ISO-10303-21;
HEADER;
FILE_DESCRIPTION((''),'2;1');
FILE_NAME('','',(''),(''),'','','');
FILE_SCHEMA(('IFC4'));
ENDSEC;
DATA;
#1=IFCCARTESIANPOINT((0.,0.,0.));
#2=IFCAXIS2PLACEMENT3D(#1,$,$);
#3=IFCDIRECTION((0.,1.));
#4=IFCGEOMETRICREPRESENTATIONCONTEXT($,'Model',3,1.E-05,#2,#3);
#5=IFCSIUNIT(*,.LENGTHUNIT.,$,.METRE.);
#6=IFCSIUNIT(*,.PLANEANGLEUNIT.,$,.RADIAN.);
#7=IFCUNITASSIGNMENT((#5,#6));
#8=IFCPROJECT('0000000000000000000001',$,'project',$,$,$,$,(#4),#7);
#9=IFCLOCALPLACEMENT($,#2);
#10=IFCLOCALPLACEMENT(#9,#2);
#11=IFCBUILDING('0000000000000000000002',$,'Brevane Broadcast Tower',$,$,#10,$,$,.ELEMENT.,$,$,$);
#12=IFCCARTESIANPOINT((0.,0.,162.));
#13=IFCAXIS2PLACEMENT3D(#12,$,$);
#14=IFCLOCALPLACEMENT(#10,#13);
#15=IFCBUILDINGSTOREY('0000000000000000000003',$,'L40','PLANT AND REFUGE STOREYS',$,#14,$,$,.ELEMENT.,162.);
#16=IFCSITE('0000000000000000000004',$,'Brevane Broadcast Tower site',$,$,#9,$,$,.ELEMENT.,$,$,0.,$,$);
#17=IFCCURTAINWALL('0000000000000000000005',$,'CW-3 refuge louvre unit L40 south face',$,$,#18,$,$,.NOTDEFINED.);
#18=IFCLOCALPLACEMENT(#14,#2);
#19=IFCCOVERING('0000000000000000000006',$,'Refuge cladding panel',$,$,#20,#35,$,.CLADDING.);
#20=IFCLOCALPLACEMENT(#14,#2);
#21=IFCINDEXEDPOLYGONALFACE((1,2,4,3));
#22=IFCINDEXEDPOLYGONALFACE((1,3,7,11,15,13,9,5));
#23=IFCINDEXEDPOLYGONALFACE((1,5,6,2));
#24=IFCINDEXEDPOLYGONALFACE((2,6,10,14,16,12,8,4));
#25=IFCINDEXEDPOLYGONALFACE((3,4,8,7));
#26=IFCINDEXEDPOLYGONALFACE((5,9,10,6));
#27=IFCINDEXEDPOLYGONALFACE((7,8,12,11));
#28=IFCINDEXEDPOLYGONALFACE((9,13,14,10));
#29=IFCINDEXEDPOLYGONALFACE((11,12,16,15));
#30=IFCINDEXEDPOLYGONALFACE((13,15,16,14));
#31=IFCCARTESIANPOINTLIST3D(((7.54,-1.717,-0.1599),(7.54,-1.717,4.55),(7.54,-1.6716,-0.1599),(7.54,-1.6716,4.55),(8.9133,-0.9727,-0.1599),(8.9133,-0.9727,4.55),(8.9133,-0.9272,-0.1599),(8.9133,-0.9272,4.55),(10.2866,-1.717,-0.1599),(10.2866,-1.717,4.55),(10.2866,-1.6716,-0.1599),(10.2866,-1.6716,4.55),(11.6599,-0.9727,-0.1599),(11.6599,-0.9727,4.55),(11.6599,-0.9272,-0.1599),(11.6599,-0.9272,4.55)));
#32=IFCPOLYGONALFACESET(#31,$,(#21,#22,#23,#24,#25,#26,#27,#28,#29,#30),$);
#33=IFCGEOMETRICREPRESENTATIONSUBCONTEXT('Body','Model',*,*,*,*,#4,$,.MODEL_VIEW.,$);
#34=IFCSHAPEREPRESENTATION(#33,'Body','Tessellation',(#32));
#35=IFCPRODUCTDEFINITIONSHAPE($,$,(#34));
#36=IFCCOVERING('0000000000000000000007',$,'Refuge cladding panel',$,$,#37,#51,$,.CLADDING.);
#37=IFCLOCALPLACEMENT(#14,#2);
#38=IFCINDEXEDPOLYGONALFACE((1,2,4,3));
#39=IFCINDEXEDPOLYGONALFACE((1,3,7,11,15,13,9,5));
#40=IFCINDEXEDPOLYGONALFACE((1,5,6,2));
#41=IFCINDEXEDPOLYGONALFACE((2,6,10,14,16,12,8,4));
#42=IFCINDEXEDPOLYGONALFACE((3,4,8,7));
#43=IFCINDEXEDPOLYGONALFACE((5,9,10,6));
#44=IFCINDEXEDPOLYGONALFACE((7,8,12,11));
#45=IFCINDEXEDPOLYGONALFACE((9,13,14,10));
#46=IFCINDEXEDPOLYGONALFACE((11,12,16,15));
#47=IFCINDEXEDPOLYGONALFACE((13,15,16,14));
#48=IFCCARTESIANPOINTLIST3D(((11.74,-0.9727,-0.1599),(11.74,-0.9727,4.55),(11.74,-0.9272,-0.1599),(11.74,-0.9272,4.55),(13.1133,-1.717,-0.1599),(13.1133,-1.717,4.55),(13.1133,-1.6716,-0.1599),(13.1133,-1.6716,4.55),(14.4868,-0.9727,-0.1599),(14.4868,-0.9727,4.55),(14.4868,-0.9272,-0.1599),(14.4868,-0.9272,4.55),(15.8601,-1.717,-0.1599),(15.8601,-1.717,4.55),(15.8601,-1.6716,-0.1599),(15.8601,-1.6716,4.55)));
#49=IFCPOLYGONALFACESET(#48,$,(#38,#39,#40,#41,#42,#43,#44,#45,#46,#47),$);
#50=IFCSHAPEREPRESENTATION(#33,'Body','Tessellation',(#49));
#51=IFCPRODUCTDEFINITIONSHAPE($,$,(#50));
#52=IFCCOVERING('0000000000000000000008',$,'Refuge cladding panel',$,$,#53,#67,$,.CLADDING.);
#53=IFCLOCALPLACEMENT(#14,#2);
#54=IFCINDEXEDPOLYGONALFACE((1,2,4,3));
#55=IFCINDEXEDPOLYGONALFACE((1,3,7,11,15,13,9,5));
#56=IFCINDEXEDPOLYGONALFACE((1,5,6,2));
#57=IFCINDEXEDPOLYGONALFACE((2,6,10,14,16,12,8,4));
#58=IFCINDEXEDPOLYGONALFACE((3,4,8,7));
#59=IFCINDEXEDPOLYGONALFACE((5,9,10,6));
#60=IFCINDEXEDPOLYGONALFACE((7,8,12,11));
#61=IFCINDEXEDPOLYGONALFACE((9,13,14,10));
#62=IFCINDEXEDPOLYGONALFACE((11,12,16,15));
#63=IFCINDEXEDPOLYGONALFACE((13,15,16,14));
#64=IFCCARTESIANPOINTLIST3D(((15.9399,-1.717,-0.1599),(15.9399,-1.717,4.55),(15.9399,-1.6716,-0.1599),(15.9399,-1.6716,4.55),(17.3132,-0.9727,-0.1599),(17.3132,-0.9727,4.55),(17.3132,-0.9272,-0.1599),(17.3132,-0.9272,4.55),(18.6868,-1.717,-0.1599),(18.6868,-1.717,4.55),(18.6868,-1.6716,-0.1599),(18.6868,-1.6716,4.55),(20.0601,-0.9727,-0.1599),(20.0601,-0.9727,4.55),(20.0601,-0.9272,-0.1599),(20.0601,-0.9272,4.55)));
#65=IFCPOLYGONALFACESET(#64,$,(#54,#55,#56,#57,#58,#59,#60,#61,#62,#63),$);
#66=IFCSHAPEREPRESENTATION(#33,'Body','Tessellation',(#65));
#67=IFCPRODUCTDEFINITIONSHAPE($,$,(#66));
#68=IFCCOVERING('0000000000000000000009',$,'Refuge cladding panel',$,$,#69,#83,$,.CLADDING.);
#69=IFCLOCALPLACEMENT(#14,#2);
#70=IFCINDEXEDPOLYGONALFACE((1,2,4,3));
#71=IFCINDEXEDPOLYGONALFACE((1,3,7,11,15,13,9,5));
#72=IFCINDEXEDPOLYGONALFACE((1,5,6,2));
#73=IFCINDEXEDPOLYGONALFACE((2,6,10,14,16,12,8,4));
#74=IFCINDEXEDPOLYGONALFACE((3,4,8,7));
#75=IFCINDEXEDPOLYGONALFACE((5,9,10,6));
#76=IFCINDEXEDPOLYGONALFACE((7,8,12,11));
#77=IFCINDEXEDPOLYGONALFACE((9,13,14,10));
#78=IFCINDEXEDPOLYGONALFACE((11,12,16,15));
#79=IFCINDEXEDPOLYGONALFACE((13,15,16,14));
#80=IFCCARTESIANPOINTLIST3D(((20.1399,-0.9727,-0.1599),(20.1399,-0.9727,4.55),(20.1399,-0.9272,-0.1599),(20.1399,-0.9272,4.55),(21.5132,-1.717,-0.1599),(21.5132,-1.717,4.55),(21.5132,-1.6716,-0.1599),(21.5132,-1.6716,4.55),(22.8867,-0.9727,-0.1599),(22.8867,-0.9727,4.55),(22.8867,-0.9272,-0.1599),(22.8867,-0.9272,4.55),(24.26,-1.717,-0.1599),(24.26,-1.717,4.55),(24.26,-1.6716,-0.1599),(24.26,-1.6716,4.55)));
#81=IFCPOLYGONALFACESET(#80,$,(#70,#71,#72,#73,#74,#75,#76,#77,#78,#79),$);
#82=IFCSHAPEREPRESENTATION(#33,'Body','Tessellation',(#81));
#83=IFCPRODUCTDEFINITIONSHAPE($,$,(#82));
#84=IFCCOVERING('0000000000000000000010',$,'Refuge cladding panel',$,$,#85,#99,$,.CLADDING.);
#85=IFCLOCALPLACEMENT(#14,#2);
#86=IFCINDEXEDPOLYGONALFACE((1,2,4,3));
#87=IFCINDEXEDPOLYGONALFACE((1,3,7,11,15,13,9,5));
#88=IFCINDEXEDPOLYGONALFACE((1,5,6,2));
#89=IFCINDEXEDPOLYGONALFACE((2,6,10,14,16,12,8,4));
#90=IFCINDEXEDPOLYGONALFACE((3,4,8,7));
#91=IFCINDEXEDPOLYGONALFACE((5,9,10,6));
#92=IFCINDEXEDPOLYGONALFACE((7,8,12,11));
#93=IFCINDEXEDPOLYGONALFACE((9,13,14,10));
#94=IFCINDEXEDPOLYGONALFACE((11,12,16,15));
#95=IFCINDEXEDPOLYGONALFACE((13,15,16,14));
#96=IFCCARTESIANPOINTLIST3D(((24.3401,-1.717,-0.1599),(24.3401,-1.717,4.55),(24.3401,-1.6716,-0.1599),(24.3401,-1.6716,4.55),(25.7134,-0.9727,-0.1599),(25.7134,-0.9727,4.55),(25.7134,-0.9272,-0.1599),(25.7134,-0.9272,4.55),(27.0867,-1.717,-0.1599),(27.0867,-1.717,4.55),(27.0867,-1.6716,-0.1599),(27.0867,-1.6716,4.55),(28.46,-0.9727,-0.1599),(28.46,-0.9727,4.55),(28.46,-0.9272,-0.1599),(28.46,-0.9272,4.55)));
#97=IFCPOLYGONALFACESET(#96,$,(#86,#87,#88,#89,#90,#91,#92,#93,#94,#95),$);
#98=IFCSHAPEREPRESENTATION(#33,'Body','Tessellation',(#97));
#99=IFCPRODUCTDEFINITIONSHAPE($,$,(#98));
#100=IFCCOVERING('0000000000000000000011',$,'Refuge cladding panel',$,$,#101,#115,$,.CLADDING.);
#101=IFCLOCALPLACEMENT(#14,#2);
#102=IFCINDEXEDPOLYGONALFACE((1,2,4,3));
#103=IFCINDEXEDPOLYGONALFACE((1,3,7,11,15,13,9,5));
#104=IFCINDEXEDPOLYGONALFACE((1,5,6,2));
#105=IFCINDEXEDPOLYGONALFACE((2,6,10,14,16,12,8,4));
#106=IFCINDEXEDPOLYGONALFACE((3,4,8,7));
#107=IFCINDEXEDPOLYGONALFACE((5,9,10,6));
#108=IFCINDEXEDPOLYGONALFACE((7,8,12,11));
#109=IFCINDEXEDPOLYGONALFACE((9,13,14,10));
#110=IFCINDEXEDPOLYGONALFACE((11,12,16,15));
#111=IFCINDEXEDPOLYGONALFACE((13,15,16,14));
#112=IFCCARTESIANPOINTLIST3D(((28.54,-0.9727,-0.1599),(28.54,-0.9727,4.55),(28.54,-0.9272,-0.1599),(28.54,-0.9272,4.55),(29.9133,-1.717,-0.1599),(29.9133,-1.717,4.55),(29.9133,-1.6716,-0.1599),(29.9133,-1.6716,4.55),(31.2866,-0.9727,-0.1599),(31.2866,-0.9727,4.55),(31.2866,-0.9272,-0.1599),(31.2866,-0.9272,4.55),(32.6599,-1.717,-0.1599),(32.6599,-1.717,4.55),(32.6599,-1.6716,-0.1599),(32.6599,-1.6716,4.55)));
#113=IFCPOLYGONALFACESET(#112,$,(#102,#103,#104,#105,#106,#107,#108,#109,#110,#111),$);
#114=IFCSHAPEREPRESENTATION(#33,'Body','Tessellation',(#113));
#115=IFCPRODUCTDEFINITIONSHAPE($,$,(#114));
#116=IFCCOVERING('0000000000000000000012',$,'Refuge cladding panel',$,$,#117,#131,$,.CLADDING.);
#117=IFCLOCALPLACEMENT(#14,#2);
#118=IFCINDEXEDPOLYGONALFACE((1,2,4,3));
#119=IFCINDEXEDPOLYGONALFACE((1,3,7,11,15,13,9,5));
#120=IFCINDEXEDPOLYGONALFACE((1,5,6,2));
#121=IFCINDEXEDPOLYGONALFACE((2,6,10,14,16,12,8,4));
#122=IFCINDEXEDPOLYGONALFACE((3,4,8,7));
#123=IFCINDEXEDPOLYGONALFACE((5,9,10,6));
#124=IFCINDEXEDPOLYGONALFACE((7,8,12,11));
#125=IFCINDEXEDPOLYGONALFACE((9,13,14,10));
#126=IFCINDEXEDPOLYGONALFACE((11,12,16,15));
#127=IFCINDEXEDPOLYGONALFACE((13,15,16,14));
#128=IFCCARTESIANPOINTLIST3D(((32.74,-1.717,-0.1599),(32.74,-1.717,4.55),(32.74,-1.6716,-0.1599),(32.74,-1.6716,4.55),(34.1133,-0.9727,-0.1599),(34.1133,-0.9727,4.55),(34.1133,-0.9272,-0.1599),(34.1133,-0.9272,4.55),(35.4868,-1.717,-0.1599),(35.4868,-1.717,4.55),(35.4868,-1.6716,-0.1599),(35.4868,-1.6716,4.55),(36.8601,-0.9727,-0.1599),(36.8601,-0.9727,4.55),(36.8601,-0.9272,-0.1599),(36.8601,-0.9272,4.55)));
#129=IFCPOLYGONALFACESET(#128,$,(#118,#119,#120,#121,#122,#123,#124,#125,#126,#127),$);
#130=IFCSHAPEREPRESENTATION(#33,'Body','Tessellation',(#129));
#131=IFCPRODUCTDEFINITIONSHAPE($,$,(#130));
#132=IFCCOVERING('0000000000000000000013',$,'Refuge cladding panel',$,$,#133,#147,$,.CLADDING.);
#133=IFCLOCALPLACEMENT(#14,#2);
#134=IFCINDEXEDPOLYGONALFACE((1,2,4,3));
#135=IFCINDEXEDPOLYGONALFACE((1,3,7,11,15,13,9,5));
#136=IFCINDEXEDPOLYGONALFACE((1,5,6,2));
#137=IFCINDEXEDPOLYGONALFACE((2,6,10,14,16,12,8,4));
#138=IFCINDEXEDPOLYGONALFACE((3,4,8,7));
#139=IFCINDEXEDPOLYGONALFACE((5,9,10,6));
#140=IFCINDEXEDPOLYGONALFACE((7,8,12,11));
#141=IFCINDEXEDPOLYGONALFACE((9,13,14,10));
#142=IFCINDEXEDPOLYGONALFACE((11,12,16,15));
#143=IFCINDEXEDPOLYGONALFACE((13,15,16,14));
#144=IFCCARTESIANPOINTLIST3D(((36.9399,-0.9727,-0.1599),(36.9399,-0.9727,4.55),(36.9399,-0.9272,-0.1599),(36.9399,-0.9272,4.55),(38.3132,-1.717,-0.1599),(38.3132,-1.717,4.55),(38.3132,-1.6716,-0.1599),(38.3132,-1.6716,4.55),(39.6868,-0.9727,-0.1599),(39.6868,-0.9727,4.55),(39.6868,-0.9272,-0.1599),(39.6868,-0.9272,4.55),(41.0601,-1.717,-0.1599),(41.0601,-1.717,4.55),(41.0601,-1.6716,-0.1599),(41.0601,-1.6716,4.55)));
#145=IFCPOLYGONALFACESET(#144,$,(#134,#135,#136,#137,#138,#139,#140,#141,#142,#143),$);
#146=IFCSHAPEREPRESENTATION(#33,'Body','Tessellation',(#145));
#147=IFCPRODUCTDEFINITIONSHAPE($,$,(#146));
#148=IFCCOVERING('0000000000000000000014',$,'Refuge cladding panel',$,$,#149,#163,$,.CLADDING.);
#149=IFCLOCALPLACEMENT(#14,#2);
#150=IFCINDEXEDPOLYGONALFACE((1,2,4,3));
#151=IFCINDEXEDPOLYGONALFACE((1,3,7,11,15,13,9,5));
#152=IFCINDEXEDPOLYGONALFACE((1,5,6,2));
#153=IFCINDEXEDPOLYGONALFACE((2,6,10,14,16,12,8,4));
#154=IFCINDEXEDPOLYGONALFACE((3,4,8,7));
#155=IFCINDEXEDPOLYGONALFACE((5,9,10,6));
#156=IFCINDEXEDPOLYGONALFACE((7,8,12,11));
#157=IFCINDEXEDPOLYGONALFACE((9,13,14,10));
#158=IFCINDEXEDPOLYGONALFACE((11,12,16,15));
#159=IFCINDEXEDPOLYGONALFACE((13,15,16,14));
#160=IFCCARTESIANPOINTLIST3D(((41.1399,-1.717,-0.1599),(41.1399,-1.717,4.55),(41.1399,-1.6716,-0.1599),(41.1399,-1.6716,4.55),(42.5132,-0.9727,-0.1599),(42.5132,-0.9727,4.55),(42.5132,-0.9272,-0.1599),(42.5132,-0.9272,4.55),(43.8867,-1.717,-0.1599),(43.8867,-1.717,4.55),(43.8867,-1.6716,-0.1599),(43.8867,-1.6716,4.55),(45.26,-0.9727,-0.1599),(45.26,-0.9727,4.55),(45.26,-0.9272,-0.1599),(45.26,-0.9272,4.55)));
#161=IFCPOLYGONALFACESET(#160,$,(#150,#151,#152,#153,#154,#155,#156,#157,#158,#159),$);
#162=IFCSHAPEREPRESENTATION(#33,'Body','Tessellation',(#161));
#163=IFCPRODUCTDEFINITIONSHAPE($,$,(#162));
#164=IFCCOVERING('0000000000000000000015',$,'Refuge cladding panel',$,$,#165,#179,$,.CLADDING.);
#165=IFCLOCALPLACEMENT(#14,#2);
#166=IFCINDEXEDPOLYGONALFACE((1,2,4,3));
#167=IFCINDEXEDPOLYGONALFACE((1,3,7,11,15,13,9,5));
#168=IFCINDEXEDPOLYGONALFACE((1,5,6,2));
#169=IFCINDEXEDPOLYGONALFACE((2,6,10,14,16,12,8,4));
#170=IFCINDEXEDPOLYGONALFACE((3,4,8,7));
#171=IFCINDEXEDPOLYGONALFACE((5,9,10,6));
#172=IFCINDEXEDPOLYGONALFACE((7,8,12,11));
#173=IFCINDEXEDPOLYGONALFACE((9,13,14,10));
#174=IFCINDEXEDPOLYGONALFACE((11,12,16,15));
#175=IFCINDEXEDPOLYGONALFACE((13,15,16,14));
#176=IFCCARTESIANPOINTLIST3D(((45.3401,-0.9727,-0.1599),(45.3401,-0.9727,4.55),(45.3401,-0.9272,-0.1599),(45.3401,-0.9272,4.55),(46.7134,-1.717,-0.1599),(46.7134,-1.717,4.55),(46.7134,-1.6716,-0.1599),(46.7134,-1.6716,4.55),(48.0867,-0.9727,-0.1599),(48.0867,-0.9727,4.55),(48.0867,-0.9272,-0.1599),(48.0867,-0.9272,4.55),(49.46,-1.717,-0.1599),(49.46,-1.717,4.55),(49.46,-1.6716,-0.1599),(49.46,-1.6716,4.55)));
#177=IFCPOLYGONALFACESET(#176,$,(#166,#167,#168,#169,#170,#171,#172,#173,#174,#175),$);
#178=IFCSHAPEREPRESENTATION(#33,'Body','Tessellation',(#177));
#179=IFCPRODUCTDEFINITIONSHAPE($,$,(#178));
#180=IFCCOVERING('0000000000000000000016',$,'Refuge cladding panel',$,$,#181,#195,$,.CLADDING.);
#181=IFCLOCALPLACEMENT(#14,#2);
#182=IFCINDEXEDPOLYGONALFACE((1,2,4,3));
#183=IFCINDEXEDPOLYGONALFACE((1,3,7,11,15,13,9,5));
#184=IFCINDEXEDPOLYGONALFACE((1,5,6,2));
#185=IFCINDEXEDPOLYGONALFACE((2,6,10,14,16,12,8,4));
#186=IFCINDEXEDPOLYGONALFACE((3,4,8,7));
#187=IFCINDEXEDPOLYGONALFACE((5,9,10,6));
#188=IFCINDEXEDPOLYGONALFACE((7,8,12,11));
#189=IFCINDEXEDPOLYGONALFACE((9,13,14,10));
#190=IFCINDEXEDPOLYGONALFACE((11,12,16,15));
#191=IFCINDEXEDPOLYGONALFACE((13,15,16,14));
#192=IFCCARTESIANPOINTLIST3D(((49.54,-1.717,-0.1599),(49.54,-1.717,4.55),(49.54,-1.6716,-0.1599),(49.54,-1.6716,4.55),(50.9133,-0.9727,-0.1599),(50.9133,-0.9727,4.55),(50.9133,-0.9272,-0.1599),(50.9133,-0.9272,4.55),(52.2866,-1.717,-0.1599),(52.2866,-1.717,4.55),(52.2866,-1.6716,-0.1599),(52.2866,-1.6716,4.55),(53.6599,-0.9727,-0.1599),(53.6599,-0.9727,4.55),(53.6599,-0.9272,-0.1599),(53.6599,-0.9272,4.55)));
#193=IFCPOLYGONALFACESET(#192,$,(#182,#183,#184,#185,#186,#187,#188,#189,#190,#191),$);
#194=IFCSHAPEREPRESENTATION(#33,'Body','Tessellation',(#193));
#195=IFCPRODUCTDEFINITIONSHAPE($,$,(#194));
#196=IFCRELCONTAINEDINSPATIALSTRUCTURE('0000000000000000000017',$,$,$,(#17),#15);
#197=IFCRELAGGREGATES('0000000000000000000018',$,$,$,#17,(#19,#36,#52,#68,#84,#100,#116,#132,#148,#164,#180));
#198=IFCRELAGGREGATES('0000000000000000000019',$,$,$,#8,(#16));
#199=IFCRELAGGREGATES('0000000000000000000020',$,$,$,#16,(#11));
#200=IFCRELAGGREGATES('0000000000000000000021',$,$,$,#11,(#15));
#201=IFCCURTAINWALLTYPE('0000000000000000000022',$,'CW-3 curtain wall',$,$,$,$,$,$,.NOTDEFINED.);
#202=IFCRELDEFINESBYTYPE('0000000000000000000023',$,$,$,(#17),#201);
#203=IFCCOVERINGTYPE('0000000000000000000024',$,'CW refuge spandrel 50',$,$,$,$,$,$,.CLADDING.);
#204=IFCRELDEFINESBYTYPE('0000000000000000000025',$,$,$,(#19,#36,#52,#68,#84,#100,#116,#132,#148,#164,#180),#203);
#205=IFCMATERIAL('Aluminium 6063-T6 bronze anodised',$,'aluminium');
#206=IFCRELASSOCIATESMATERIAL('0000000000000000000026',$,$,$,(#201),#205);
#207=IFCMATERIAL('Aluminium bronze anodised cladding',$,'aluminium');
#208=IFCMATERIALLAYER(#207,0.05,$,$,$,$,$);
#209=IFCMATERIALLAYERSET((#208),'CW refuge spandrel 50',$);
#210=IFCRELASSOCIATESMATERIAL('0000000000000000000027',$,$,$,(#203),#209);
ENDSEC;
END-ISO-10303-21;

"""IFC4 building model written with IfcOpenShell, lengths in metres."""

from ifc_helpers import new_model, si_unit, direction, frame, origin, place, context, subcontext, project, spatial, polyline, outline, extrude, material, layer, layer_set, type_object, element, aggregate, save


model = new_model("IFC4")

# Units and contexts
model_context = context("Model", 3, precision=1e-05, world=origin(), true_north=direction((0.0, 1.0)))
body_context = subcontext(model_context, "Body", "Model", "MODEL_VIEW")
ifc_project = project(units=[si_unit("LENGTHUNIT", "METRE"), si_unit("PLANEANGLEUNIT", "RADIAN")], contexts=[model_context])

# Site, building, storey
site_placement = place(None, origin())
site = spatial("IfcSite", under=ifc_project, at=site_placement, Name="Brevane Broadcast Tower site", CompositionType="ELEMENT", RefElevation=0.0)
building_placement = place(site_placement, origin())
building = spatial("IfcBuilding", under=site, at=building_placement, Name="Brevane Broadcast Tower", CompositionType="ELEMENT")
storey_placement = place(building_placement, frame((0.0, 0.0, 162.0)))
storey = spatial("IfcBuildingStorey", under=building, at=storey_placement, Name="L40", Description="PLANT AND REFUGE STOREYS", CompositionType="ELEMENT", Elevation=162.0)

# Curtain wall, coverings
ifc_material_1 = material(Name="Aluminium 6063-T6 bronze anodised", Category="aluminium")
curtain_wall_type = type_object("IfcCurtainWallType", Name="CW-3 curtain wall", PredefinedType="NOTDEFINED", material=ifc_material_1)
curtain_wall_1_placement = place(storey_placement, origin())
curtain_wall_1 = element("IfcCurtainWall", 1, at=curtain_wall_1_placement, inside=storey, type_object=curtain_wall_type, Name="CW-3 refuge louvre unit L40 south face", PredefinedType="NOTDEFINED")
ifc_material_2 = material(Name="Aluminium bronze anodised cladding", Category="aluminium")
ifc_layer = layer(ifc_material_2, 0.05)
ifc_layer_set = layer_set([ifc_layer], Name="CW refuge spandrel 50")
covering_type = type_object("IfcCoveringType", Name="CW refuge spandrel 50", PredefinedType="CLADDING", material=ifc_layer_set)
covering_1_placement = place(storey_placement, frame((0.0, 0.0, -0.1599)))
covering_1 = element("IfcCovering", 2, at=covering_1_placement, type_object=covering_type, Name="Refuge cladding panel", PredefinedType="CLADDING", context=body_context, shape_type="SweptSolid", body=[
    extrude(outline(polyline([(7.54, -1.6716), (7.54, -1.717), (8.9133, -0.9727), (10.2866, -1.717), (11.6599, -0.9727), (11.6599, -0.9272), (10.2866, -1.6716), (8.9133, -0.9272), (7.54, -1.6716)])), origin(), (0.0, 0.0, 1.0), 4.71),
])
covering_2_placement = place(storey_placement, frame((0.0, 0.0, -0.1599)))
covering_2 = element("IfcCovering", 3, at=covering_2_placement, type_object=covering_type, Name="Refuge cladding panel", PredefinedType="CLADDING", context=body_context, shape_type="SweptSolid", body=[
    extrude(outline(polyline([(11.74, -0.9272), (11.74, -0.9727), (13.1133, -1.717), (14.4868, -0.9727), (15.8601, -1.717), (15.8601, -1.6716), (14.4868, -0.9272), (13.1133, -1.6716), (11.74, -0.9272)])), origin(), (0.0, 0.0, 1.0), 4.71),
])
covering_3_placement = place(storey_placement, frame((0.0, 0.0, -0.1599)))
covering_3 = element("IfcCovering", 4, at=covering_3_placement, type_object=covering_type, Name="Refuge cladding panel", PredefinedType="CLADDING", context=body_context, shape_type="SweptSolid", body=[
    extrude(outline(polyline([(15.9399, -1.6716), (15.9399, -1.717), (17.3132, -0.9727), (18.6868, -1.717), (20.0601, -0.9727), (20.0601, -0.9272), (18.6868, -1.6716), (17.3132, -0.9272), (15.9399, -1.6716)])), origin(), (0.0, 0.0, 1.0), 4.71),
])
covering_4_placement = place(storey_placement, frame((0.0, 0.0, -0.1599)))
covering_4 = element("IfcCovering", 5, at=covering_4_placement, type_object=covering_type, Name="Refuge cladding panel", PredefinedType="CLADDING", context=body_context, shape_type="SweptSolid", body=[
    extrude(outline(polyline([(20.1399, -0.9272), (20.1399, -0.9727), (21.5132, -1.717), (22.8867, -0.9727), (24.26, -1.717), (24.26, -1.6716), (22.8867, -0.9272), (21.5132, -1.6716), (20.1399, -0.9272)])), origin(), (0.0, 0.0, 1.0), 4.71),
])
covering_5_placement = place(storey_placement, frame((0.0, 0.0, -0.1599)))
covering_5 = element("IfcCovering", 6, at=covering_5_placement, type_object=covering_type, Name="Refuge cladding panel", PredefinedType="CLADDING", context=body_context, shape_type="SweptSolid", body=[
    extrude(outline(polyline([(24.3401, -1.6716), (24.3401, -1.717), (25.7134, -0.9727), (27.0867, -1.717), (28.46, -0.9727), (28.46, -0.9272), (27.0867, -1.6716), (25.7134, -0.9272), (24.3401, -1.6716)])), origin(), (0.0, 0.0, 1.0), 4.71),
])
covering_6_placement = place(storey_placement, frame((0.0, 0.0, -0.1599)))
covering_6 = element("IfcCovering", 7, at=covering_6_placement, type_object=covering_type, Name="Refuge cladding panel", PredefinedType="CLADDING", context=body_context, shape_type="SweptSolid", body=[
    extrude(outline(polyline([(28.54, -0.9272), (28.54, -0.9727), (29.9133, -1.717), (31.2866, -0.9727), (32.6599, -1.717), (32.6599, -1.6716), (31.2866, -0.9272), (29.9133, -1.6716), (28.54, -0.9272)])), origin(), (0.0, 0.0, 1.0), 4.71),
])
covering_7_placement = place(storey_placement, frame((0.0, 0.0, -0.1599)))
covering_7 = element("IfcCovering", 8, at=covering_7_placement, type_object=covering_type, Name="Refuge cladding panel", PredefinedType="CLADDING", context=body_context, shape_type="SweptSolid", body=[
    extrude(outline(polyline([(32.74, -1.6716), (32.74, -1.717), (34.1133, -0.9727), (35.4868, -1.717), (36.8601, -0.9727), (36.8601, -0.9272), (35.4868, -1.6716), (34.1133, -0.9272), (32.74, -1.6716)])), origin(), (0.0, 0.0, 1.0), 4.71),
])
covering_8_placement = place(storey_placement, frame((0.0, 0.0, -0.1599)))
covering_8 = element("IfcCovering", 9, at=covering_8_placement, type_object=covering_type, Name="Refuge cladding panel", PredefinedType="CLADDING", context=body_context, shape_type="SweptSolid", body=[
    extrude(outline(polyline([(36.9399, -0.9272), (36.9399, -0.9727), (38.3132, -1.717), (39.6868, -0.9727), (41.0601, -1.717), (41.0601, -1.6716), (39.6868, -0.9272), (38.3132, -1.6716), (36.9399, -0.9272)])), origin(), (0.0, 0.0, 1.0), 4.71),
])
covering_9_placement = place(storey_placement, frame((0.0, 0.0, -0.1599)))
covering_9 = element("IfcCovering", 10, at=covering_9_placement, type_object=covering_type, Name="Refuge cladding panel", PredefinedType="CLADDING", context=body_context, shape_type="SweptSolid", body=[
    extrude(outline(polyline([(41.1399, -1.6716), (41.1399, -1.717), (42.5132, -0.9727), (43.8867, -1.717), (45.26, -0.9727), (45.26, -0.9272), (43.8867, -1.6716), (42.5132, -0.9272), (41.1399, -1.6716)])), origin(), (0.0, 0.0, 1.0), 4.71),
])
covering_10_placement = place(storey_placement, frame((0.0, 0.0, -0.1599)))
covering_10 = element("IfcCovering", 11, at=covering_10_placement, type_object=covering_type, Name="Refuge cladding panel", PredefinedType="CLADDING", context=body_context, shape_type="SweptSolid", body=[
    extrude(outline(polyline([(45.3401, -0.9272), (45.3401, -0.9727), (46.7134, -1.717), (48.0867, -0.9727), (49.46, -1.717), (49.46, -1.6716), (48.0867, -0.9272), (46.7134, -1.6716), (45.3401, -0.9272)])), origin(), (0.0, 0.0, 1.0), 4.71),
])
covering_11_placement = place(storey_placement, frame((0.0, 0.0, -0.1599)))
covering_11 = element("IfcCovering", 12, at=covering_11_placement, type_object=covering_type, Name="Refuge cladding panel", PredefinedType="CLADDING", context=body_context, shape_type="SweptSolid", body=[
    extrude(outline(polyline([(49.54, -1.6716), (49.54, -1.717), (50.9133, -0.9727), (52.2866, -1.717), (53.6599, -0.9727), (53.6599, -0.9272), (52.2866, -1.6716), (50.9133, -0.9272), (49.54, -1.6716)])), origin(), (0.0, 0.0, 1.0), 4.71),
])
aggregate(curtain_wall_1, [covering_1, covering_2, covering_3, covering_4, covering_5, covering_6, covering_7, covering_8, covering_9, covering_10, covering_11])

save(model, "model.ifc")
